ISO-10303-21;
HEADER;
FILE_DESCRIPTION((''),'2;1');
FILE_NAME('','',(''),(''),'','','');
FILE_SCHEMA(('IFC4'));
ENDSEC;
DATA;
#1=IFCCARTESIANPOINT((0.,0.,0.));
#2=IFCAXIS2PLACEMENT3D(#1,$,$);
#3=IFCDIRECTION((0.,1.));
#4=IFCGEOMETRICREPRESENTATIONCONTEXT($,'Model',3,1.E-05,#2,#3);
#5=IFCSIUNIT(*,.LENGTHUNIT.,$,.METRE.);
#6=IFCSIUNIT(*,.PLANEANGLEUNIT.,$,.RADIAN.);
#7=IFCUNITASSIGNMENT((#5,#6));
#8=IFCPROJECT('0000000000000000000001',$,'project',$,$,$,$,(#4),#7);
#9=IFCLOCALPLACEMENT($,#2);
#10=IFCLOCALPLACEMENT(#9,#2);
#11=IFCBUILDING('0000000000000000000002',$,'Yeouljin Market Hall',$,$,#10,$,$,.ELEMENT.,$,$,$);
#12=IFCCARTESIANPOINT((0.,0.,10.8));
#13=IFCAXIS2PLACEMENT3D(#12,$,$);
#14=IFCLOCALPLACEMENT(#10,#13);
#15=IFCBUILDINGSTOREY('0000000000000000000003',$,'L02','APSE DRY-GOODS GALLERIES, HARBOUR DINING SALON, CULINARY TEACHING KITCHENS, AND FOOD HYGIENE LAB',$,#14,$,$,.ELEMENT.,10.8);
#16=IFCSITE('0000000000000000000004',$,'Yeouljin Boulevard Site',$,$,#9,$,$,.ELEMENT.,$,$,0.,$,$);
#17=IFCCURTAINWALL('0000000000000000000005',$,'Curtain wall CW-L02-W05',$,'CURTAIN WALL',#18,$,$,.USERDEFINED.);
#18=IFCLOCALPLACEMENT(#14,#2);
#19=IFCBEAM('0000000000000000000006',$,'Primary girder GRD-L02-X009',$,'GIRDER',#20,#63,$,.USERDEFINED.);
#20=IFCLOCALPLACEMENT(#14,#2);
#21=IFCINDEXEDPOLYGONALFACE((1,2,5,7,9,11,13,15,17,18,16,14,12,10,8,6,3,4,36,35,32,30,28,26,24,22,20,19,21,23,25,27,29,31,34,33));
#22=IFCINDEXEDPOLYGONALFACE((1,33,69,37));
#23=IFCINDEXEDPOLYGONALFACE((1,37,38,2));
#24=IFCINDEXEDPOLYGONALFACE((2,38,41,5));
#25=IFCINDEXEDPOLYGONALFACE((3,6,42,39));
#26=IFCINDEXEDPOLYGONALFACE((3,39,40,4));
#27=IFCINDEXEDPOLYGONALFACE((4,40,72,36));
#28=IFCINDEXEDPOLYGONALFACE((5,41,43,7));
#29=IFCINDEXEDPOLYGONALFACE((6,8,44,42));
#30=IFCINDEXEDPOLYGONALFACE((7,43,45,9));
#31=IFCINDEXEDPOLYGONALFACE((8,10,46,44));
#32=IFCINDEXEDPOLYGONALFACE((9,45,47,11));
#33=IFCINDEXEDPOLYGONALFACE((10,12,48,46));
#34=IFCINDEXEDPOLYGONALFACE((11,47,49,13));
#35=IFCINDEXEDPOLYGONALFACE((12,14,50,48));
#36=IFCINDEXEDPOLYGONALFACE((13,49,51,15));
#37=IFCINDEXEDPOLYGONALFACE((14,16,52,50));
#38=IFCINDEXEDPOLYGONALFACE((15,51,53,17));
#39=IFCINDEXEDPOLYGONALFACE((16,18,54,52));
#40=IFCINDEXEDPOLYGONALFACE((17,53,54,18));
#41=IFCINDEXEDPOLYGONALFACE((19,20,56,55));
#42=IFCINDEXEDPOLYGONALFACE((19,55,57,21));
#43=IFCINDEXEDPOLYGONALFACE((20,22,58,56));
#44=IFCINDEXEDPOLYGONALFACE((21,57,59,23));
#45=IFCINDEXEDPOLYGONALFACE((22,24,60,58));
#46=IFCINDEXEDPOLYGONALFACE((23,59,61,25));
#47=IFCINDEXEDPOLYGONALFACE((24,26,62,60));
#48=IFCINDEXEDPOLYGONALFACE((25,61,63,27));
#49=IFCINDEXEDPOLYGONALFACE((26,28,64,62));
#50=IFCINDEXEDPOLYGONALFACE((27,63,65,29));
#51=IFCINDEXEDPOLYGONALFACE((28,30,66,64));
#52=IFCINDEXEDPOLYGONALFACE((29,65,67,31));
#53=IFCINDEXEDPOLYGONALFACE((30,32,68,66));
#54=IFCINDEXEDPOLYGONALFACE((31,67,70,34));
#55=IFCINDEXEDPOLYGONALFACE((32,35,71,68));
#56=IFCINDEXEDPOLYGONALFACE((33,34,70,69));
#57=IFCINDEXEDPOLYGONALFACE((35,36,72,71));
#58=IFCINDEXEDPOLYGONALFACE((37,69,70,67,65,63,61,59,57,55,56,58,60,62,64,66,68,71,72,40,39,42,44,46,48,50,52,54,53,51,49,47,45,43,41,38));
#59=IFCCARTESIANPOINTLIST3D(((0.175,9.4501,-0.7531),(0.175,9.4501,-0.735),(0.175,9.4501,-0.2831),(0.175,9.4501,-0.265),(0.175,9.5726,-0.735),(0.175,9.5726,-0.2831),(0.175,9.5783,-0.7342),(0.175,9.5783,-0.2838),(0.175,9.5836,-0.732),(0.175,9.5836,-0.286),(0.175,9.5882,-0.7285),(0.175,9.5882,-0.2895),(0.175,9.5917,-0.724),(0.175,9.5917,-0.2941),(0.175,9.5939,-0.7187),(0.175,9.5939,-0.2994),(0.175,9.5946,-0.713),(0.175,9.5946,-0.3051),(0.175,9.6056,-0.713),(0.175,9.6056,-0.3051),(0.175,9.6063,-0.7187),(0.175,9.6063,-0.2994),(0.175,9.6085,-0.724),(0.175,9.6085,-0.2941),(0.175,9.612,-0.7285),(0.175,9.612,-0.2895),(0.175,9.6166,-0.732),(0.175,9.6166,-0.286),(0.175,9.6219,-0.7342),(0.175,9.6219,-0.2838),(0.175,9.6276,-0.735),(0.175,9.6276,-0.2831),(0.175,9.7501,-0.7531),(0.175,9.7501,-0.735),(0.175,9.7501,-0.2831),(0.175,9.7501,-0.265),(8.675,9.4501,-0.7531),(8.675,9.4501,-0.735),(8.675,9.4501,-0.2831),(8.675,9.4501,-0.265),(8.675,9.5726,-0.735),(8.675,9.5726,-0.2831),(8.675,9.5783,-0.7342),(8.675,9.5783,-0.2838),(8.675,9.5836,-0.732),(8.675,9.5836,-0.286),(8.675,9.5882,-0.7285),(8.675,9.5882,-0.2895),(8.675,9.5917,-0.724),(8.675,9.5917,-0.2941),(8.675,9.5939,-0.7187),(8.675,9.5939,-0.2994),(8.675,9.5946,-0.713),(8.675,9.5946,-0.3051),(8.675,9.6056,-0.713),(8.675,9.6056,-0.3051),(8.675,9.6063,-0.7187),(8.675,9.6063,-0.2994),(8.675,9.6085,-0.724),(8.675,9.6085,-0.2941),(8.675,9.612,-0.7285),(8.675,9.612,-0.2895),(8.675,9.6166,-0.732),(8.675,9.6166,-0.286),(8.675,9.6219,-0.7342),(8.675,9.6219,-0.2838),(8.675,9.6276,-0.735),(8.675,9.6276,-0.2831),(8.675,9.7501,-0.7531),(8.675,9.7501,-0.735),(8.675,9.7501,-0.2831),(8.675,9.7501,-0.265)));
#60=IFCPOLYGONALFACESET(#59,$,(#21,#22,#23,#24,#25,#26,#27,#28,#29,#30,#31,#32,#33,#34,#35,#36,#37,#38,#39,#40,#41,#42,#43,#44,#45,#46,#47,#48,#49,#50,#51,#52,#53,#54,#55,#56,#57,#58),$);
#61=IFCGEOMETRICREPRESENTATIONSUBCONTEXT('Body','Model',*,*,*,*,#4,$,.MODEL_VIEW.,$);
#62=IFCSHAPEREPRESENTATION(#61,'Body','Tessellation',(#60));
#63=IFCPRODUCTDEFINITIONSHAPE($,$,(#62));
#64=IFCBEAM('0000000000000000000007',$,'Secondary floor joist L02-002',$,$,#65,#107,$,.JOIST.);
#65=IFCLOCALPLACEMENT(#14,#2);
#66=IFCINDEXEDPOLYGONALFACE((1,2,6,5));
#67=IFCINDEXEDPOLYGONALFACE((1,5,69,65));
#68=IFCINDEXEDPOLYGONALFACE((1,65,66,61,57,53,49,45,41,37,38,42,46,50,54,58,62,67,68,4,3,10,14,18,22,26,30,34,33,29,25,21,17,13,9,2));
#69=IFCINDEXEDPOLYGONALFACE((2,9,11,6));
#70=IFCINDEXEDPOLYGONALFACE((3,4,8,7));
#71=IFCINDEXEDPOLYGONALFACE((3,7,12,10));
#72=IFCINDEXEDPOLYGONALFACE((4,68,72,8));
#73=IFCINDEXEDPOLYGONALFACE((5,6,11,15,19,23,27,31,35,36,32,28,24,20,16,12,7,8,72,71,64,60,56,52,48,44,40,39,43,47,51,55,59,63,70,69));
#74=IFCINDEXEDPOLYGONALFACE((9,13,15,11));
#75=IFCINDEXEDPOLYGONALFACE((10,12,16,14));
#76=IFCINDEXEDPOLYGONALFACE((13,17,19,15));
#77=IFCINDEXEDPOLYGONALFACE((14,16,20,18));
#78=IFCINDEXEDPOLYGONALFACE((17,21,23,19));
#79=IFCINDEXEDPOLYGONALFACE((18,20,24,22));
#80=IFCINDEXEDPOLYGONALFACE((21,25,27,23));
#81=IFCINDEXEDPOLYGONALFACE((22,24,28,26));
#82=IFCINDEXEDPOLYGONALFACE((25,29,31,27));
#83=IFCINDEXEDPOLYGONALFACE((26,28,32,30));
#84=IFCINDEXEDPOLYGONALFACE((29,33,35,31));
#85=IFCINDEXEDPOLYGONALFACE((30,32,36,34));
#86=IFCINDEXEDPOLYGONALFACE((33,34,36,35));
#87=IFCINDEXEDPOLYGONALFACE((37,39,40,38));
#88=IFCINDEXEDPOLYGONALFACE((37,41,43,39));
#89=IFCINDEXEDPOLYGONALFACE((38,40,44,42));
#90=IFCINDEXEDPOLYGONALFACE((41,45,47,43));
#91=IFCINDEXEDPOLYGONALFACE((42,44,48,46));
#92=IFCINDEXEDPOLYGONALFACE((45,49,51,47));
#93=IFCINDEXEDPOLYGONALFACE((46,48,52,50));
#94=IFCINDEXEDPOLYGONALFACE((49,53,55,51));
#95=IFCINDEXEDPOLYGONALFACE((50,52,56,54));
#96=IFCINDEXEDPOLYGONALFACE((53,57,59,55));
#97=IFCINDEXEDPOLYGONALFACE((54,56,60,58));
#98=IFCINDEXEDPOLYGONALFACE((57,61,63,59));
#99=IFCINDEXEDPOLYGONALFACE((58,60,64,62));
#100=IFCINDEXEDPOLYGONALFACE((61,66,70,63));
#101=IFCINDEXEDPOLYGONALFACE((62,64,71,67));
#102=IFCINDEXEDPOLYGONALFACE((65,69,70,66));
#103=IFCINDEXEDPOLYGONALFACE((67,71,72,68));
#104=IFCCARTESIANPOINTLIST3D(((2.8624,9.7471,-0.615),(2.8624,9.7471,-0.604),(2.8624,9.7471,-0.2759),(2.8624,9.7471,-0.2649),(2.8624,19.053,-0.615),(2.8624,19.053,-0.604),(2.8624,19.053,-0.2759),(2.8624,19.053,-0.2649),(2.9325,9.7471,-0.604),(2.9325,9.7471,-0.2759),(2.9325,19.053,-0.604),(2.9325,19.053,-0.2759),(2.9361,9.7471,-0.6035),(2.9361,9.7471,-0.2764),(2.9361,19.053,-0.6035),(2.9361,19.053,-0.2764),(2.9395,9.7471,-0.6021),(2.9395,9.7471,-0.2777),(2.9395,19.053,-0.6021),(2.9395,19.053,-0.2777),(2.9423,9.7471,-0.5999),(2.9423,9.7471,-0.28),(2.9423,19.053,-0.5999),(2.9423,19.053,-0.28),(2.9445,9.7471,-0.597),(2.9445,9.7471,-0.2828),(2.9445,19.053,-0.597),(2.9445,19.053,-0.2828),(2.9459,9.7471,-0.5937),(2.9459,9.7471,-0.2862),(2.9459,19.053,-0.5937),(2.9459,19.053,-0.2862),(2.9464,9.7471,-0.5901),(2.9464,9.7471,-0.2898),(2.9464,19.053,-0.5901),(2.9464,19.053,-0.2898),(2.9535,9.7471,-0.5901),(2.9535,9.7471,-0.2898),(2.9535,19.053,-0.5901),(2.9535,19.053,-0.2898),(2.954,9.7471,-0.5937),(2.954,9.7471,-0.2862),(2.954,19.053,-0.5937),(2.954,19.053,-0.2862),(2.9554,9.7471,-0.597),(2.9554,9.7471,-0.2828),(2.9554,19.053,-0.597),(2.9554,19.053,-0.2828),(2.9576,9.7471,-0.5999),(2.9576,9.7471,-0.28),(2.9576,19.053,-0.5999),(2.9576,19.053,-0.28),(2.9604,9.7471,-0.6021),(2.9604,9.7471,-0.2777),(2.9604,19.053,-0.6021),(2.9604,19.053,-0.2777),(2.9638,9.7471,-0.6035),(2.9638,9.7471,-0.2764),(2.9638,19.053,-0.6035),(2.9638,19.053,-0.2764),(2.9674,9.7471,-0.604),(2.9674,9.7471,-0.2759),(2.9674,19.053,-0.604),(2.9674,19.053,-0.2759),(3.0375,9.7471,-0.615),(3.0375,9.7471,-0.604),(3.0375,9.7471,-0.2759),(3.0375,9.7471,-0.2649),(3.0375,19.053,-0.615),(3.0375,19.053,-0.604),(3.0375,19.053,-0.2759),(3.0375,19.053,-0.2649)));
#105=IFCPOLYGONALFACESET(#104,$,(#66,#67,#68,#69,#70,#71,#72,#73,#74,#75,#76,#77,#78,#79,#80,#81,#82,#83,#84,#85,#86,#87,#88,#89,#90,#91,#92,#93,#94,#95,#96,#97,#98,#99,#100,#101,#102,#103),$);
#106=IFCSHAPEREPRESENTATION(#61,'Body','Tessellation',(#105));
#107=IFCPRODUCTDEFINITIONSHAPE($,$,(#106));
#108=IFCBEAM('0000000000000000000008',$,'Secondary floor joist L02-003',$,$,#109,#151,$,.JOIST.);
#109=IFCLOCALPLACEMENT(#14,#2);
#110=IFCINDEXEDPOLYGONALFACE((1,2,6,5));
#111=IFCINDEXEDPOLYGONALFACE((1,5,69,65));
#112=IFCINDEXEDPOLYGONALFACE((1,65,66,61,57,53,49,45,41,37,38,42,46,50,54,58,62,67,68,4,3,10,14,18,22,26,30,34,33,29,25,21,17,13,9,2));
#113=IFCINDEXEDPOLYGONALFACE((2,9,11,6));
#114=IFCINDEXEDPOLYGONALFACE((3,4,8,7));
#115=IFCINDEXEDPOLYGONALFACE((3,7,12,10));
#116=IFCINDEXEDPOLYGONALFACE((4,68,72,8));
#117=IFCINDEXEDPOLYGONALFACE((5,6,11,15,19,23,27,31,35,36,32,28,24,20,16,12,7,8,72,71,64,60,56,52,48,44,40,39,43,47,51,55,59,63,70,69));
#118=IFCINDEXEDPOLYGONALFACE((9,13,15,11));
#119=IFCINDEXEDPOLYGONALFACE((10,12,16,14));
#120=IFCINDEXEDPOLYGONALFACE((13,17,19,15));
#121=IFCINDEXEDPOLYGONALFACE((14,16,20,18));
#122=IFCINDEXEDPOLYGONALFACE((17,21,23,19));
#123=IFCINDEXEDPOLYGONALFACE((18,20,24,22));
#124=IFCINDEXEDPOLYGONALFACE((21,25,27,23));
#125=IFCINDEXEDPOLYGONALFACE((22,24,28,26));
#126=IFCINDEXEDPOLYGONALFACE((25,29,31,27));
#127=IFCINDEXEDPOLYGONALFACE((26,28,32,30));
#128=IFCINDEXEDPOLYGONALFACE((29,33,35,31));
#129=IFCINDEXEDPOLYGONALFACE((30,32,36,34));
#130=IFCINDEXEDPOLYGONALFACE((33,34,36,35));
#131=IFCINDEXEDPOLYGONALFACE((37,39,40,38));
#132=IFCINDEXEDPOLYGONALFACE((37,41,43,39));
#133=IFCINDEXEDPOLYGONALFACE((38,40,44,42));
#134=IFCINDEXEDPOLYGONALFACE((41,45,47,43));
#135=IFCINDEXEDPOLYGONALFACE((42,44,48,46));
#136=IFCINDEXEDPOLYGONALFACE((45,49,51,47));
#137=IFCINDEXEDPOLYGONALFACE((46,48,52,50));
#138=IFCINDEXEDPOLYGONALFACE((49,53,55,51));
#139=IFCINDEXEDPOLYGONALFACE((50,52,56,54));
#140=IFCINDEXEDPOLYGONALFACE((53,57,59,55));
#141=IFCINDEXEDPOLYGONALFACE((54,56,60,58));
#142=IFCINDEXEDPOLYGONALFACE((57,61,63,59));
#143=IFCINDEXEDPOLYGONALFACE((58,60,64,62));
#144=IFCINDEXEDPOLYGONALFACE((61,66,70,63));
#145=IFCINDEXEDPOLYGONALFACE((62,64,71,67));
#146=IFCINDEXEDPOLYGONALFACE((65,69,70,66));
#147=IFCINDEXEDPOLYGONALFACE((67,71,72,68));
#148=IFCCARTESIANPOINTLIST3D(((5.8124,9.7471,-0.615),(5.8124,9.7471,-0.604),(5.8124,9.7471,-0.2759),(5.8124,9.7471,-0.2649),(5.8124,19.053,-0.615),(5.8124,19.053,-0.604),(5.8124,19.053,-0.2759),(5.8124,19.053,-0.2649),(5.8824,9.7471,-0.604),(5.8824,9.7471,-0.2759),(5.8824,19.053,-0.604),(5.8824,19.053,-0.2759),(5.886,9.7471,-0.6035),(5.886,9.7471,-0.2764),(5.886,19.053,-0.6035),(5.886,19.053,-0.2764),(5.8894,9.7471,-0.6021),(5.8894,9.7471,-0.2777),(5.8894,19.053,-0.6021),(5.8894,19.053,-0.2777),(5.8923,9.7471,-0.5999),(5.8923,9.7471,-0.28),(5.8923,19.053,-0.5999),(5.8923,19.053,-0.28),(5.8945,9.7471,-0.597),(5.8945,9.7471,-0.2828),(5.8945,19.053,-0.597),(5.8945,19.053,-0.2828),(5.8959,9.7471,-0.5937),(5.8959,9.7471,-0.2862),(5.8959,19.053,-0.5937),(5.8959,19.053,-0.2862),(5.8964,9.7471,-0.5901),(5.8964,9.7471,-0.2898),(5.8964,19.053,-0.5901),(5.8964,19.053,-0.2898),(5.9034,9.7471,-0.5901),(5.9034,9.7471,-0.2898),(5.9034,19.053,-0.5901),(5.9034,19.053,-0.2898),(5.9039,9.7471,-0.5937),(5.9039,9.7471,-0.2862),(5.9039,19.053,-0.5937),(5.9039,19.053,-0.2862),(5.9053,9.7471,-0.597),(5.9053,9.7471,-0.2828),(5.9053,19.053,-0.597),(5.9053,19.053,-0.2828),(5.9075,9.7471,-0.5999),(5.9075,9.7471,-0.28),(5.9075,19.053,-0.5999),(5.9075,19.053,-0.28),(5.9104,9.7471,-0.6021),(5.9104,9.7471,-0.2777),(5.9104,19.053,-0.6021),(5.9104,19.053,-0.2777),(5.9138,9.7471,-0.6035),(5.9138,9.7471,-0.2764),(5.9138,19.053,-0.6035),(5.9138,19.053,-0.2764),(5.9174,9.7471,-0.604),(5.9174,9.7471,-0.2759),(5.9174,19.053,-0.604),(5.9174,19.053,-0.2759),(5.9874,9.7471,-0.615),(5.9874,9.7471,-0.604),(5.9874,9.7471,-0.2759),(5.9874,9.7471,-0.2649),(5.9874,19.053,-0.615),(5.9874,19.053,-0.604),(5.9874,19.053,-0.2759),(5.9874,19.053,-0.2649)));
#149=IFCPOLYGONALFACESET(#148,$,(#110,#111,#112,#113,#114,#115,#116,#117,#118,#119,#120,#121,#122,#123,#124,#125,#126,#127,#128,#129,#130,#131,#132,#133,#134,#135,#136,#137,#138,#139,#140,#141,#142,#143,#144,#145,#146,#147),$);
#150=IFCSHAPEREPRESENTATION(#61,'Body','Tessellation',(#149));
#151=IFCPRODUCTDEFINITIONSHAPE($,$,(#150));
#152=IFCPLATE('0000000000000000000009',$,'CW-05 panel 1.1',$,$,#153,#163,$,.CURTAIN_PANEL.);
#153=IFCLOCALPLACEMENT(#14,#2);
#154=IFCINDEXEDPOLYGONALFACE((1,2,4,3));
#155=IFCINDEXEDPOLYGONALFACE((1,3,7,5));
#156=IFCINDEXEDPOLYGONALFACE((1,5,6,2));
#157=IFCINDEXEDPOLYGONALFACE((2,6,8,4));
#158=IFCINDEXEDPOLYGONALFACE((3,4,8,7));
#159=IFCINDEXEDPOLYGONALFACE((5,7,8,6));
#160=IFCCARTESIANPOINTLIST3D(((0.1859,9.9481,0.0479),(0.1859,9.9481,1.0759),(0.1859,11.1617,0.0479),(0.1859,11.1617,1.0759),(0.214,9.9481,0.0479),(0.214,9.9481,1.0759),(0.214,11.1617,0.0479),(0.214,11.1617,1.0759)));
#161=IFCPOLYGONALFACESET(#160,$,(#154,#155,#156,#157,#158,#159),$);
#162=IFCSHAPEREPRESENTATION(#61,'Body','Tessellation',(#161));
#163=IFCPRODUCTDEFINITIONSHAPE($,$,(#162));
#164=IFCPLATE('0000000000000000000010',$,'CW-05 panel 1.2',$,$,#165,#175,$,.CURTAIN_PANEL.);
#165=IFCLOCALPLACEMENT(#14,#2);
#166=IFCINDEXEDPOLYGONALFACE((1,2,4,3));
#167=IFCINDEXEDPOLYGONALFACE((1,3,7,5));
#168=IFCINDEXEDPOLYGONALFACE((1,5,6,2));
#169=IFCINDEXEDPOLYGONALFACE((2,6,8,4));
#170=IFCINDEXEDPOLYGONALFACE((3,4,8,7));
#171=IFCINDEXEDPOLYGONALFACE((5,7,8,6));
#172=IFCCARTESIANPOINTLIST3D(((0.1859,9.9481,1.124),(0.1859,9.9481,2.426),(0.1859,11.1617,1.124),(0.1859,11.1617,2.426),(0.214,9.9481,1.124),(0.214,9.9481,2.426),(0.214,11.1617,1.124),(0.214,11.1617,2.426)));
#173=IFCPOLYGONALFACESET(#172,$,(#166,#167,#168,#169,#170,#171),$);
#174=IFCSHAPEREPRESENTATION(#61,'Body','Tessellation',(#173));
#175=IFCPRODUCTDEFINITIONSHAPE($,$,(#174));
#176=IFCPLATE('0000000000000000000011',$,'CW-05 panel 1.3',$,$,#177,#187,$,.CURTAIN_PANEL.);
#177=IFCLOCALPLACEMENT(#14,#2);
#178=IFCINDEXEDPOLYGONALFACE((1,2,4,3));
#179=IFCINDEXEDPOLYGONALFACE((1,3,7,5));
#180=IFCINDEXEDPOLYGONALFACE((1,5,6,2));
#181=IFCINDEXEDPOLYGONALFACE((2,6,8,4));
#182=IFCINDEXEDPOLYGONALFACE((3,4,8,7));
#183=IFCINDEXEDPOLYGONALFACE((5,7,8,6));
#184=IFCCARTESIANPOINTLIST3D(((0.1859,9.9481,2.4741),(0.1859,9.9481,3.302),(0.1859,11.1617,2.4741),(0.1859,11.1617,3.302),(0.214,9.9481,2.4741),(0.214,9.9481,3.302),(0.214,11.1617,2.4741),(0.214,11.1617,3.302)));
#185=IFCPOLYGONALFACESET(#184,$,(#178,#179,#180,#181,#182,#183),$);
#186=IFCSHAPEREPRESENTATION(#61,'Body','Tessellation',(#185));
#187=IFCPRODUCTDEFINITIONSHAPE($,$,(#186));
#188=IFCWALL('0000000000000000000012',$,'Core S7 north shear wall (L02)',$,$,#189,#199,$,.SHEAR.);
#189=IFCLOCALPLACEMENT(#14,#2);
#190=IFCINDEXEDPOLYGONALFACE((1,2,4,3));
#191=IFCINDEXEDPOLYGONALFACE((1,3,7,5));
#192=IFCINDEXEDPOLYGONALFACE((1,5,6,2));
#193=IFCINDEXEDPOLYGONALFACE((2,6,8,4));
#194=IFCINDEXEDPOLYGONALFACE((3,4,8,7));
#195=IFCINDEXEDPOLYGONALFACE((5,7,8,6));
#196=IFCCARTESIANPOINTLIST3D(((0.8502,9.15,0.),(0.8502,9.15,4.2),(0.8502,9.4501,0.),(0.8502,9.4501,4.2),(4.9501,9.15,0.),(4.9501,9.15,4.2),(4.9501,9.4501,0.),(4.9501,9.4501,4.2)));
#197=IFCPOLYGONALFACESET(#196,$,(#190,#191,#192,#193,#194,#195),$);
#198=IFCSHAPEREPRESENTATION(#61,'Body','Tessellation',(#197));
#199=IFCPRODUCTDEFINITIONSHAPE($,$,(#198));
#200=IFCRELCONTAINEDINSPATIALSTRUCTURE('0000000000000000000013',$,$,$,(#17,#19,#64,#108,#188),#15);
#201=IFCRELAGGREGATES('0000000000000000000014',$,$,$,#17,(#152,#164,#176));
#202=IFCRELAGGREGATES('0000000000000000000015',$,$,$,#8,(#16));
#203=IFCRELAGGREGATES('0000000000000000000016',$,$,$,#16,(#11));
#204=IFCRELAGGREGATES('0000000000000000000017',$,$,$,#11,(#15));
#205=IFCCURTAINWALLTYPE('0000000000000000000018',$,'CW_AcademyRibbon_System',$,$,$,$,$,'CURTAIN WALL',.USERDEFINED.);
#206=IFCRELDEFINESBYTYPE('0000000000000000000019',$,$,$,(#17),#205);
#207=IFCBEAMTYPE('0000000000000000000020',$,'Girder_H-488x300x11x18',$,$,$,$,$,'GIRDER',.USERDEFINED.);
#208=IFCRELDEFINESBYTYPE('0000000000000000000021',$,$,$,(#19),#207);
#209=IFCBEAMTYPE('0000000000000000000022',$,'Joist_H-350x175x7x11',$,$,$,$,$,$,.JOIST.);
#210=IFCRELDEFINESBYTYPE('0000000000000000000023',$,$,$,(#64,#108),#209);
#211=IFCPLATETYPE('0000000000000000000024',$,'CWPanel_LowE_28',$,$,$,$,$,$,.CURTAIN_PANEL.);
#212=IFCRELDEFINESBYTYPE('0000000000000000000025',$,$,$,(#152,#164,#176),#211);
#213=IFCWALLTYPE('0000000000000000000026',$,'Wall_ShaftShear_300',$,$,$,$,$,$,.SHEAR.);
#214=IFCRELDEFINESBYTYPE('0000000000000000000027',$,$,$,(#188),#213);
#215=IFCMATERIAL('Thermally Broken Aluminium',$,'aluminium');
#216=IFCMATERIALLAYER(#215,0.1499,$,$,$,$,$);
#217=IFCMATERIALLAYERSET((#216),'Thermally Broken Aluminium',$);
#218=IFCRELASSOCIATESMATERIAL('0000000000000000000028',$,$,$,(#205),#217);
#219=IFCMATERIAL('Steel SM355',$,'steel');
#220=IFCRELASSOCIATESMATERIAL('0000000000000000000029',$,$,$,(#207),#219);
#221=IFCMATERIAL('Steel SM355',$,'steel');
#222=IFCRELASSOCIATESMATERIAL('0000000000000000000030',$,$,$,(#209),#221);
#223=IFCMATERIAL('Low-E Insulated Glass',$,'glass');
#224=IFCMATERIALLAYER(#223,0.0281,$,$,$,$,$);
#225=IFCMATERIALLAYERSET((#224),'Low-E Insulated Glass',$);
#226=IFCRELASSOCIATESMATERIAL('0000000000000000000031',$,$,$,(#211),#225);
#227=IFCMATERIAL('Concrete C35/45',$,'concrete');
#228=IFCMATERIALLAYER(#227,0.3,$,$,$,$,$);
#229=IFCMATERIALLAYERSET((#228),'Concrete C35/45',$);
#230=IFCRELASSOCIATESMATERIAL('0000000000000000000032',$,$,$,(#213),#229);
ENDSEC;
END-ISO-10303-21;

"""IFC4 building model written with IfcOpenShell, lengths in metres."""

from ifc_helpers import new_model, si_unit, direction, frame, frame_2d, origin, origin_2d, place, context, subcontext, project, spatial, rectangle, i_section, extrude, material, layer, layer_set, material_profile, profile_set, type_object, element, aggregate, save


model = new_model("IFC4")

# Units and contexts
model_context = context("Model", 3, precision=1e-05, world=origin(), true_north=direction((0.0, 1.0)))
body_context = subcontext(model_context, "Body", "Model", "MODEL_VIEW")
ifc_project = project(units=[si_unit("LENGTHUNIT", "METRE"), si_unit("PLANEANGLEUNIT", "RADIAN")], contexts=[model_context])

# Site, building, storey
site_placement = place(None, origin())
site = spatial("IfcSite", under=ifc_project, at=site_placement, Name="Yeouljin Boulevard Site", CompositionType="ELEMENT", RefElevation=0.0)
building_placement = place(site_placement, origin())
building = spatial("IfcBuilding", under=site, at=building_placement, Name="Yeouljin Market Hall", CompositionType="ELEMENT")
storey_placement = place(building_placement, frame((0.0, 0.0, 10.8)))
storey = spatial("IfcBuildingStorey", under=building, at=storey_placement, Name="L02", Description="APSE DRY-GOODS GALLERIES, HARBOUR DINING SALON, CULINARY TEACHING KITCHENS, AND FOOD HYGIENE LAB", CompositionType="ELEMENT", Elevation=10.8)

# Curtain wall
ifc_material_1 = material(Name="Thermally Broken Aluminium", Category="aluminium")
ifc_layer_1 = layer(ifc_material_1, 0.1499)
ifc_layer_set_1 = layer_set([ifc_layer_1], Name="Thermally Broken Aluminium")
curtain_wall_type = type_object("IfcCurtainWallType", Name="CW_AcademyRibbon_System", ElementType="CURTAIN WALL", PredefinedType="USERDEFINED", material=ifc_layer_set_1)
curtain_wall_placement = place(storey_placement, origin())
curtain_wall = element("IfcCurtainWall", 1, at=curtain_wall_placement, inside=storey, type_object=curtain_wall_type, Name="Curtain wall CW-L02-W05", ObjectType="CURTAIN WALL", PredefinedType="USERDEFINED")

# Beams
ifc_material_2 = material(Name="Steel SM355", Category="steel")
ifc_material_profile_1 = material_profile(ifc_material_2, i_section(OverallWidth=0.3, OverallDepth=0.488, WebThickness=0.011, FlangeThickness=0.0181, FilletRadius=0.022, at=origin_2d()), Name="H-488x300x11x18")
ifc_profile_set_1 = profile_set([ifc_material_profile_1], Name="Steel SM355")
beam_type_1 = type_object("IfcBeamType", Name="Girder_H-488x300x11x18", ElementType="GIRDER", PredefinedType="USERDEFINED", material=ifc_profile_set_1)
beam_1_placement = place(storey_placement, frame((0.175, 9.6001, -0.509), z_axis=(1.0, 0.0, 0.0), x_axis=(0.0, 1.0, 0.0)))
element("IfcBeam", 2, at=beam_1_placement, inside=storey, type_object=beam_type_1, Name="Primary girder GRD-L02-X009", ObjectType="GIRDER", PredefinedType="USERDEFINED", context=body_context, shape_type="SweptSolid", body=[
    extrude(i_section(OverallWidth=0.3, OverallDepth=0.488, WebThickness=0.011, FlangeThickness=0.0181, FilletRadius=0.022, at=origin_2d()), origin(), (0.0, 0.0, 1.0), 8.5),
])
ifc_material_3 = material(Name="Steel SM355", Category="steel")
ifc_material_profile_2 = material_profile(ifc_material_3, i_section(OverallWidth=0.175, OverallDepth=0.3501, WebThickness=0.0071, FlangeThickness=0.011, FilletRadius=0.0139, at=origin_2d()), Name="H-350x175x7x11")
ifc_profile_set_2 = profile_set([ifc_material_profile_2], Name="Steel SM355")
beam_type_2 = type_object("IfcBeamType", Name="Joist_H-350x175x7x11", PredefinedType="JOIST", material=ifc_profile_set_2)
for number, where, z_axis, x_axis, name in (
    (3, (2.95, 9.7471, -0.4399), (0.0, 1.0, 0.0), (-1.0, 0.0, 0.0), "Secondary floor joist L02-002"),
    (4, (5.8999, 9.7471, -0.4399), (0.0, 1.0, 0.0), (-1.0, 0.0, 0.0), "Secondary floor joist L02-003"),
):
    element("IfcBeam", number, at=place(storey_placement, frame(where, z_axis=z_axis, x_axis=x_axis)), inside=storey, type_object=beam_type_2, Name=name, PredefinedType="JOIST", context=body_context, shape_type="SweptSolid", body=[
        extrude(i_section(OverallWidth=0.175, OverallDepth=0.3501, WebThickness=0.0071, FlangeThickness=0.011, FilletRadius=0.0139, at=origin_2d()), origin(), (0.0, 0.0, 1.0), 9.3059),
    ])

# Plates
ifc_material_4 = material(Name="Low-E Insulated Glass", Category="glass")
ifc_layer_2 = layer(ifc_material_4, 0.0281)
ifc_layer_set_2 = layer_set([ifc_layer_2], Name="Low-E Insulated Glass")
plate_type = type_object("IfcPlateType", Name="CWPanel_LowE_28", PredefinedType="CURTAIN_PANEL", material=ifc_layer_set_2)
plate_1_placement = place(storey_placement, frame((0.2, 10.5549, 0.0479), z_axis=(0.0, 0.0, 1.0), x_axis=(0.0, 1.0, 0.0)))
plate_1 = element("IfcPlate", 5, at=plate_1_placement, type_object=plate_type, Name="CW-05 panel 1.1", PredefinedType="CURTAIN_PANEL", context=body_context, shape_type="SweptSolid", body=[
    extrude(rectangle(XDim=1.2136, YDim=0.0281, at=origin_2d()), origin(), (0.0, 0.0, 1.0), 1.0281),
])
plate_2_placement = place(storey_placement, frame((0.2, 10.5549, 1.124), z_axis=(0.0, 0.0, 1.0), x_axis=(0.0, 1.0, 0.0)))
plate_2 = element("IfcPlate", 6, at=plate_2_placement, type_object=plate_type, Name="CW-05 panel 1.2", PredefinedType="CURTAIN_PANEL", context=body_context, shape_type="SweptSolid", body=[
    extrude(rectangle(XDim=1.2136, YDim=0.0281, at=origin_2d()), origin(), (0.0, 0.0, 1.0), 1.302),
])
plate_3_placement = place(storey_placement, frame((0.2, 10.5549, 2.4741), z_axis=(0.0, 0.0, 1.0), x_axis=(0.0, 1.0, 0.0)))
plate_3 = element("IfcPlate", 7, at=plate_3_placement, type_object=plate_type, Name="CW-05 panel 1.3", PredefinedType="CURTAIN_PANEL", context=body_context, shape_type="SweptSolid", body=[
    extrude(rectangle(XDim=1.2136, YDim=0.0281, at=origin_2d()), origin(), (0.0, 0.0, 1.0), 0.8279),
])
aggregate(curtain_wall, [plate_1, plate_2, plate_3])

# Wall
ifc_material_5 = material(Name="Concrete C35/45", Category="concrete")
ifc_layer_3 = layer(ifc_material_5, 0.3)
ifc_layer_set_3 = layer_set([ifc_layer_3], Name="Concrete C35/45")
wall_type = type_object("IfcWallType", Name="Wall_ShaftShear_300", PredefinedType="SHEAR", material=ifc_layer_set_3)
wall_1_placement = place(storey_placement, frame((4.95, 9.3, 0.0), z_axis=(0.0, 0.0, 1.0), x_axis=(-1.0, 0.0, 0.0)))
element("IfcWall", 8, at=wall_1_placement, inside=storey, type_object=wall_type, Name="Core S7 north shear wall (L02)", PredefinedType="SHEAR", context=body_context, shape_type="SweptSolid", body=[
    extrude(rectangle(XDim=4.0999, YDim=0.3, at=frame_2d((2.0498, 0.0))), origin(), (0.0, 0.0, 1.0), 4.2),
])

save(model, "model.ifc")
